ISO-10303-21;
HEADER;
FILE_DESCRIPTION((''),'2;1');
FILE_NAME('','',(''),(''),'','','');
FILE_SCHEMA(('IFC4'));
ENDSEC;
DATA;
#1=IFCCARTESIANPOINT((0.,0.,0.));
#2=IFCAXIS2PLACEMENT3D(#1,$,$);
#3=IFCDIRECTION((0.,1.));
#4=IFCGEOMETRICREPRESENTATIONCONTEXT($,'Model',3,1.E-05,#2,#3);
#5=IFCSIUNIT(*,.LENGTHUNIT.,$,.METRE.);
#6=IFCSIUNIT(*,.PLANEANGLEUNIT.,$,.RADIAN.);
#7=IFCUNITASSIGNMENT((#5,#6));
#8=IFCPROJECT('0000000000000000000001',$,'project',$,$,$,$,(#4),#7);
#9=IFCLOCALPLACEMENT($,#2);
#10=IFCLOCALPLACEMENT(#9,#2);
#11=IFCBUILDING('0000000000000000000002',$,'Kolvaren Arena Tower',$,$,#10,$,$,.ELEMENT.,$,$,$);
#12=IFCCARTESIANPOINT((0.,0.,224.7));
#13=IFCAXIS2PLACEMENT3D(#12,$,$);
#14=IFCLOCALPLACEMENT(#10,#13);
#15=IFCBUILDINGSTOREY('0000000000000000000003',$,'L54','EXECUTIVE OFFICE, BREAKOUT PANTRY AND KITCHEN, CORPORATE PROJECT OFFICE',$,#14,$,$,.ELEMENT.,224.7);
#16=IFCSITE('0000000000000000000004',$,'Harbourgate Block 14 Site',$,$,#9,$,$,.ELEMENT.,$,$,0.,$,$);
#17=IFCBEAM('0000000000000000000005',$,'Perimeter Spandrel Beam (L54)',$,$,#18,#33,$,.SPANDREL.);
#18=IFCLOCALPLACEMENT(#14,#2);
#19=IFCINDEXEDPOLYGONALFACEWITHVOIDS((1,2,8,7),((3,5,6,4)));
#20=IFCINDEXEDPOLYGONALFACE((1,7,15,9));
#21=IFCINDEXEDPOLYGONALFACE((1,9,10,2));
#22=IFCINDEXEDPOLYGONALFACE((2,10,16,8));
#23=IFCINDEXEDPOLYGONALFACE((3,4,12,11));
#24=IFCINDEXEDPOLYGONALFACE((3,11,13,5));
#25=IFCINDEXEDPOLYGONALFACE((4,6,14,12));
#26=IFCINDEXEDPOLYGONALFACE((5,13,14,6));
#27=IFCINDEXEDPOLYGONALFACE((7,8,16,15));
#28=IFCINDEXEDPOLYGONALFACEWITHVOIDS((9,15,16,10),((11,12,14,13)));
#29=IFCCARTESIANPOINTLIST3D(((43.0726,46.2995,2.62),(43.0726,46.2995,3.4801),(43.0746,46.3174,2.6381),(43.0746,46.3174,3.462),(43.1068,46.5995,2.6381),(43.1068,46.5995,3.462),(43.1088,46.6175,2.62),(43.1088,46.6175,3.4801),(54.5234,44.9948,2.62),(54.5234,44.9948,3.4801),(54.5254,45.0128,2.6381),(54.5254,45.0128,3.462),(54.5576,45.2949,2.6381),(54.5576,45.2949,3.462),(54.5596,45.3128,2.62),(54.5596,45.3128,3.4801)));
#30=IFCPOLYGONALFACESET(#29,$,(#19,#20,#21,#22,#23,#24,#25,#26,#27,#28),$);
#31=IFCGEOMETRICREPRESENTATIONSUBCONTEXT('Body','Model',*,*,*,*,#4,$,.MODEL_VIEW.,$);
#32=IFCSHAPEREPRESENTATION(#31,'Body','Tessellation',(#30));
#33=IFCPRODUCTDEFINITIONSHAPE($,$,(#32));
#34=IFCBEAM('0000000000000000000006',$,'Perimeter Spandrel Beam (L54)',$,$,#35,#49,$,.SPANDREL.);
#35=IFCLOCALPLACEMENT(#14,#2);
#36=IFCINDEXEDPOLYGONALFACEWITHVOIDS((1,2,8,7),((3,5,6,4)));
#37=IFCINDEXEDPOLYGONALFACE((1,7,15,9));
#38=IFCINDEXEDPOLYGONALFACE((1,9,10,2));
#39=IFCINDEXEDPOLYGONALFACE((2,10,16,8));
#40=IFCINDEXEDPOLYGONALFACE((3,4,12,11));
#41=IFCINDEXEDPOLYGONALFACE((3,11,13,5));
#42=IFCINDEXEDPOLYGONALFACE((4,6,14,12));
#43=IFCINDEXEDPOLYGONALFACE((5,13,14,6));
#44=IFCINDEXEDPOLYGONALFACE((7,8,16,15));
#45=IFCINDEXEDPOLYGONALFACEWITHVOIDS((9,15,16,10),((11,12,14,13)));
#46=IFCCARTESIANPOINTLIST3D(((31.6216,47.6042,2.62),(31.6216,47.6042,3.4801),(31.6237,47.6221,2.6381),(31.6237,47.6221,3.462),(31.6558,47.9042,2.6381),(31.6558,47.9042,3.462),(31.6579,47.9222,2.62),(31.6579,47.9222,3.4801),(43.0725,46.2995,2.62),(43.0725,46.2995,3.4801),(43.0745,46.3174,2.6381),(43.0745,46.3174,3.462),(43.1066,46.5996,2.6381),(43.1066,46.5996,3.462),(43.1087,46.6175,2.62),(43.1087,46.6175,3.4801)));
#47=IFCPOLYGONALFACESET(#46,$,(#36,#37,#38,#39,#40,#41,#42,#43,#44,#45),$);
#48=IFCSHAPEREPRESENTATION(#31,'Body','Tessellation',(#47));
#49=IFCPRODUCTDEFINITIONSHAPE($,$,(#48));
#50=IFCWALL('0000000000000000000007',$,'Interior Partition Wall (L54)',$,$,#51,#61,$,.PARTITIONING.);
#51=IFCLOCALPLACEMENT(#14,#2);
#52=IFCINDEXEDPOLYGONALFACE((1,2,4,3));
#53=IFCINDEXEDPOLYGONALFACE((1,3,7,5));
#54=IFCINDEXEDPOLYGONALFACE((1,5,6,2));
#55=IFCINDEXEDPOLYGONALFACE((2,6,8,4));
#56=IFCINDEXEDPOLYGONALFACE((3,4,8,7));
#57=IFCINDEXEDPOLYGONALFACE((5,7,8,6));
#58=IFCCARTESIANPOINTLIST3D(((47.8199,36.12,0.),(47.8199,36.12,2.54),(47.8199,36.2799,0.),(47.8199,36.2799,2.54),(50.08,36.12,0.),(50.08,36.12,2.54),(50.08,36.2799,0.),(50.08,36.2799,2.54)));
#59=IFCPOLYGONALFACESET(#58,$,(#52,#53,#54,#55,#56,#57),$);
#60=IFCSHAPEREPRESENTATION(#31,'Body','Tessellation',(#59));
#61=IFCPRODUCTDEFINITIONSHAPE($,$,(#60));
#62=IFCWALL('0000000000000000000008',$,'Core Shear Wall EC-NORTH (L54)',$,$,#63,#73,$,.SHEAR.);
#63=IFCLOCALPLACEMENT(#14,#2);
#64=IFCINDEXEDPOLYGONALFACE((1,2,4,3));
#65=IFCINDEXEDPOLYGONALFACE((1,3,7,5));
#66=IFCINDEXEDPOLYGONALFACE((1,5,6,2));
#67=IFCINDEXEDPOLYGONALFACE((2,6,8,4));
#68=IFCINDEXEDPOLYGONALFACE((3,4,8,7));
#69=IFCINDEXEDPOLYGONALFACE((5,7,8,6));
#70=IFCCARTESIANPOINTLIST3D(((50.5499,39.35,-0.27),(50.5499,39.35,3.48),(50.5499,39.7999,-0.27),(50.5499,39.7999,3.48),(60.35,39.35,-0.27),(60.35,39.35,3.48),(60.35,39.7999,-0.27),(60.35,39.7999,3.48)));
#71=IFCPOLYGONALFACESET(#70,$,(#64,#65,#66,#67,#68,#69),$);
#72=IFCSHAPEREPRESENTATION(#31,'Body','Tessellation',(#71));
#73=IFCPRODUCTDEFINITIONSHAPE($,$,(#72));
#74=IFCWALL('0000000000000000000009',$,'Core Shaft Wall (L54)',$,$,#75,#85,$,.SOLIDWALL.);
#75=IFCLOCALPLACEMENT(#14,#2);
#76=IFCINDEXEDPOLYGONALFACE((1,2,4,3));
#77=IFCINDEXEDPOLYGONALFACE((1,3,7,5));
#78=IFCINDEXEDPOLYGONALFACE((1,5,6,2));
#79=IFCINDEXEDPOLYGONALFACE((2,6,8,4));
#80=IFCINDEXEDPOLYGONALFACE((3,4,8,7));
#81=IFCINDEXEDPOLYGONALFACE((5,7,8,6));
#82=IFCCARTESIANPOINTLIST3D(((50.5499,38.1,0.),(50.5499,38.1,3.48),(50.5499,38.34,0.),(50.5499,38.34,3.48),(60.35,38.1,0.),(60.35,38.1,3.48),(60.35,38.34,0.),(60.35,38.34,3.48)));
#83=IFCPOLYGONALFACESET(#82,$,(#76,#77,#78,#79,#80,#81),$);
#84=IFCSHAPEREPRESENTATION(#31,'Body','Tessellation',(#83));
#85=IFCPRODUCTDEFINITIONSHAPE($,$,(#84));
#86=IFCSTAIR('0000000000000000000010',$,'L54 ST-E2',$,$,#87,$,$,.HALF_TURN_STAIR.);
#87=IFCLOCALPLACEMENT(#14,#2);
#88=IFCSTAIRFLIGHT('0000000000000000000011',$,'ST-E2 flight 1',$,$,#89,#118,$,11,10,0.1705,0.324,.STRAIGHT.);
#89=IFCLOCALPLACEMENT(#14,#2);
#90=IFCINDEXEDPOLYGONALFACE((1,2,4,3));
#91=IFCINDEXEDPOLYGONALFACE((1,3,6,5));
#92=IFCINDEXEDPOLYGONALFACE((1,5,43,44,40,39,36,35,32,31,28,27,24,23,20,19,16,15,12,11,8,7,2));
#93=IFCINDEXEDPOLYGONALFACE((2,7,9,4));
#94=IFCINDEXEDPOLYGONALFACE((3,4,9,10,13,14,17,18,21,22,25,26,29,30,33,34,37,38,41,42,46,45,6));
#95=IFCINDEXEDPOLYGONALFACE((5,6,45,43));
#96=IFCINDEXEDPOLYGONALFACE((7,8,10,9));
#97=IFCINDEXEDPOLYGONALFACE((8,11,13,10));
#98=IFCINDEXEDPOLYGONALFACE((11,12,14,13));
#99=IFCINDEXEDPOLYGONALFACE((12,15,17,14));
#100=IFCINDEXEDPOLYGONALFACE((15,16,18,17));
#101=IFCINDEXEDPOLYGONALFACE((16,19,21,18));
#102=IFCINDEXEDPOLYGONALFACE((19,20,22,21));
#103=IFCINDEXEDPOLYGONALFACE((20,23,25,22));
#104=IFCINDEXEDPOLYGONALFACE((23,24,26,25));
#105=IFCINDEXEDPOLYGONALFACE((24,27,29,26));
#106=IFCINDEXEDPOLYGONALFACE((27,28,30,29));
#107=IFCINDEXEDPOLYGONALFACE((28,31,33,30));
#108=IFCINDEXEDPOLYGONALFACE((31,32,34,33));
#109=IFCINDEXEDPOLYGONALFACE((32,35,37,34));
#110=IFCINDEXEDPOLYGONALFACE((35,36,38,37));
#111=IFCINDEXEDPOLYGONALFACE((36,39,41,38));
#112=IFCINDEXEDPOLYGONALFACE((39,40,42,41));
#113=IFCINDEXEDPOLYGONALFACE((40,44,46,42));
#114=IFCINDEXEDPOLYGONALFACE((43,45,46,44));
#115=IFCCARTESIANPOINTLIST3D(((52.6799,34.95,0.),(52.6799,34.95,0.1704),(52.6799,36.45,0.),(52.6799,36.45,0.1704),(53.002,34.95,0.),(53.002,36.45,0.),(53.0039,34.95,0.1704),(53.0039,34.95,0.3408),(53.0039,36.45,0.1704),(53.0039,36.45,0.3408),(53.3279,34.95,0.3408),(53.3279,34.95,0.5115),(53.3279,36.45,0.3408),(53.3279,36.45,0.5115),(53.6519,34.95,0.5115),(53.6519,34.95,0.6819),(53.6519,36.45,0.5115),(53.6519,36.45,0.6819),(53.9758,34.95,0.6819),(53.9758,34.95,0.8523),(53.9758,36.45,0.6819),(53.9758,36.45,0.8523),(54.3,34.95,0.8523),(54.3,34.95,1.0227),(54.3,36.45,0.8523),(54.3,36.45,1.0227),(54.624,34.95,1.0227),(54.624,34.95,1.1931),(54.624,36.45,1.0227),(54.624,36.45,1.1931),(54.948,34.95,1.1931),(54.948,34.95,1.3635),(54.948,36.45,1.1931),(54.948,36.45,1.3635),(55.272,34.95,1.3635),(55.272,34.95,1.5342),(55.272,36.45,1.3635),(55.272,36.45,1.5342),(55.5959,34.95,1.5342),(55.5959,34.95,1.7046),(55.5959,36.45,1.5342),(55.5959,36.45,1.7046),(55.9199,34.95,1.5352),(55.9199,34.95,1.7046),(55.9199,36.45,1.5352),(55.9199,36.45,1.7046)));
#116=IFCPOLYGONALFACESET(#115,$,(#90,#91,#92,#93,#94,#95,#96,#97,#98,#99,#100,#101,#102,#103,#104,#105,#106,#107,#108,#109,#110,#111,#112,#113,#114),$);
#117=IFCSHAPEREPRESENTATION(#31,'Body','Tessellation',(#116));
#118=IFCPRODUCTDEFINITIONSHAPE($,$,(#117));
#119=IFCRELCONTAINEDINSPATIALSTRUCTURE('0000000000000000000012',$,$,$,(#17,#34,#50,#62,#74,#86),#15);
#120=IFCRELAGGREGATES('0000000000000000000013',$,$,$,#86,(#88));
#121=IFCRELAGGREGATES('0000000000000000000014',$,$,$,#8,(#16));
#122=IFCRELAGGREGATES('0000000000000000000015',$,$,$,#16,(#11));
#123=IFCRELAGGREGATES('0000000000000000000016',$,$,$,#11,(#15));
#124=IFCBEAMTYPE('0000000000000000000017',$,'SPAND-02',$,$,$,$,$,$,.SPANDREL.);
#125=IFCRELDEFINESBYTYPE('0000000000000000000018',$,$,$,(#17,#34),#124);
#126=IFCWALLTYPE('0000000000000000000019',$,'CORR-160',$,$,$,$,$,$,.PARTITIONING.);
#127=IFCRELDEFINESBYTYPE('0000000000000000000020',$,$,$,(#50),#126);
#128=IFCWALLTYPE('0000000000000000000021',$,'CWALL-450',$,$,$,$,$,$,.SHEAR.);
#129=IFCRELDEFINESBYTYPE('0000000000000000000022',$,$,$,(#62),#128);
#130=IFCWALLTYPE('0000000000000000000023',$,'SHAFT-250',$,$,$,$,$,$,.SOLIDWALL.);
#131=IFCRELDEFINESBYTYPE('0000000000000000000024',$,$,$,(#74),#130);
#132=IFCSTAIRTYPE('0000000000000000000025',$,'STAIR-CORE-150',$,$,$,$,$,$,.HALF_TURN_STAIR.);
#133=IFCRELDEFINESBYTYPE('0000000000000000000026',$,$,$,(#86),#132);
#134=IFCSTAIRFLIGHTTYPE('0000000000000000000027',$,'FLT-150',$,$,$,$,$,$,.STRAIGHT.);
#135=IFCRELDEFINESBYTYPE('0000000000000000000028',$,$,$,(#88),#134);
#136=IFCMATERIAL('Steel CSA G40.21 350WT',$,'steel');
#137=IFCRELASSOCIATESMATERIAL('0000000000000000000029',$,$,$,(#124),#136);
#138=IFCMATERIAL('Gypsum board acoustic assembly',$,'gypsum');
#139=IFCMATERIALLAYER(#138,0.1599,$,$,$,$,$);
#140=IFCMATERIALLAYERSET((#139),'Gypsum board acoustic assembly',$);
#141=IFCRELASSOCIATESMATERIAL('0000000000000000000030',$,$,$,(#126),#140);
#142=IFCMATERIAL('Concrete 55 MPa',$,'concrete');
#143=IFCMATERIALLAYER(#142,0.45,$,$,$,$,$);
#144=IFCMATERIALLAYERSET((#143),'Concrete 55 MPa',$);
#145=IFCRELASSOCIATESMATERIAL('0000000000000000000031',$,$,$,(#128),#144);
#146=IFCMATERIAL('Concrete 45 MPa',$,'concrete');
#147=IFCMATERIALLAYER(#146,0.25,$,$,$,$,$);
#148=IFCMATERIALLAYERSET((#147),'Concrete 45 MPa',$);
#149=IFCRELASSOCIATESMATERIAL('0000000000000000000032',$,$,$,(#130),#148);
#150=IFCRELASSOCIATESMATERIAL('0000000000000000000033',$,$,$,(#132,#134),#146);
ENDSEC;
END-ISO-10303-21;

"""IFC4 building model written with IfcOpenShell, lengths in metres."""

from ifc_helpers import new_model, si_unit, direction, frame, frame_2d, origin, origin_2d, place, context, subcontext, project, spatial, polyline, rectangle, hollow_rectangle, outline, extrude, material, layer, layer_set, material_profile, profile_set, type_object, element, aggregate, save


model = new_model("IFC4")

# Units and contexts
model_context = context("Model", 3, precision=1e-05, world=origin(), true_north=direction((0.0, 1.0)))
body_context = subcontext(model_context, "Body", "Model", "MODEL_VIEW")
ifc_project = project(units=[si_unit("LENGTHUNIT", "METRE"), si_unit("PLANEANGLEUNIT", "RADIAN")], contexts=[model_context])

# Site, building, storey
site_placement = place(None, origin())
site = spatial("IfcSite", under=ifc_project, at=site_placement, Name="Harbourgate Block 14 Site", CompositionType="ELEMENT", RefElevation=0.0)
building_placement = place(site_placement, origin())
building = spatial("IfcBuilding", under=site, at=building_placement, Name="Kolvaren Arena Tower", CompositionType="ELEMENT")
storey_placement = place(building_placement, frame((0.0, 0.0, 224.7)))
storey = spatial("IfcBuildingStorey", under=building, at=storey_placement, Name="L54", Description="EXECUTIVE OFFICE, BREAKOUT PANTRY AND KITCHEN, CORPORATE PROJECT OFFICE", CompositionType="ELEMENT", Elevation=224.7)

# Beams
ifc_material_1 = material(Name="Steel CSA G40.21 350WT", Category="steel")
ifc_material_profile_1 = material_profile(ifc_material_1, hollow_rectangle(XDim=0.3201, YDim=0.8601, WallThickness=0.0181, at=origin_2d()), Name="HSS 860x320x18")
ifc_profile_set_1 = profile_set([ifc_material_profile_1], Name="Steel CSA G40.21 350WT")
beam_type_1 = type_object("IfcBeamType", Name="SPAND-02", PredefinedType="SPANDREL", material=ifc_profile_set_1)
for number, where, z_axis, x_axis, name in (
    (1, (54.5415, 45.1538, 3.05), (-0.993572, 0.113205, 0.0), (-0.113205, -0.993572, 0.0), "Perimeter Spandrel Beam (L54)"),
    (2, (43.0906, 46.4585, 3.05), (-0.993572, 0.113205, 0.0), (-0.113205, -0.993572, 0.0), "Perimeter Spandrel Beam (L54)"),
):
    element("IfcBeam", number, at=place(storey_placement, frame(where, z_axis=z_axis, x_axis=x_axis)), inside=storey, type_object=beam_type_1, Name=name, PredefinedType="SPANDREL", context=body_context, shape_type="SweptSolid", body=[
        extrude(hollow_rectangle(XDim=0.3201, YDim=0.8601, WallThickness=0.0181, at=origin_2d()), origin(), (0.0, 0.0, 1.0), 11.5249),
    ])

# Walls
ifc_material_2 = material(Name="Gypsum board acoustic assembly", Category="gypsum")
ifc_layer_1 = layer(ifc_material_2, 0.1599)
ifc_layer_set_1 = layer_set([ifc_layer_1], Name="Gypsum board acoustic assembly")
wall_type_1 = type_object("IfcWallType", Name="CORR-160", PredefinedType="PARTITIONING", material=ifc_layer_set_1)
wall_1_placement = place(storey_placement, frame((47.8201, 36.2, 0.0), z_axis=(0.0, 0.0, 1.0), x_axis=(1.0, 0.0, 0.0)))
element("IfcWall", 3, at=wall_1_placement, inside=storey, type_object=wall_type_1, Name="Interior Partition Wall (L54)", PredefinedType="PARTITIONING", context=body_context, shape_type="SweptSolid", body=[
    extrude(rectangle(XDim=2.26, YDim=0.1599, at=frame_2d((1.1299, 0.0))), origin(), (0.0, 0.0, 1.0), 2.54),
])
ifc_material_3 = material(Name="Concrete 55 MPa", Category="concrete")
ifc_layer_2 = layer(ifc_material_3, 0.45)
ifc_layer_set_2 = layer_set([ifc_layer_2], Name="Concrete 55 MPa")
wall_type_2 = type_object("IfcWallType", Name="CWALL-450", PredefinedType="SHEAR", material=ifc_layer_set_2)
wall_2_placement = place(storey_placement, frame((50.55, 39.575, -0.27), z_axis=(0.0, 0.0, 1.0), x_axis=(1.0, 0.0, 0.0)))
element("IfcWall", 4, at=wall_2_placement, inside=storey, type_object=wall_type_2, Name="Core Shear Wall EC-NORTH (L54)", PredefinedType="SHEAR", context=body_context, shape_type="SweptSolid", body=[
    extrude(rectangle(XDim=9.8, YDim=0.45, at=frame_2d((4.8999, 0.0))), origin(), (0.0, 0.0, 1.0), 3.75),
])
ifc_material_4 = material(Name="Concrete 45 MPa", Category="concrete")
ifc_layer_3 = layer(ifc_material_4, 0.25)
ifc_layer_set_3 = layer_set([ifc_layer_3], Name="Concrete 45 MPa")
wall_type_3 = type_object("IfcWallType", Name="SHAFT-250", PredefinedType="SOLIDWALL", material=ifc_layer_set_3)
wall_3_placement = place(storey_placement, frame((50.55, 38.22, 0.0), z_axis=(0.0, 0.0, 1.0), x_axis=(1.0, 0.0, 0.0)))
element("IfcWall", 5, at=wall_3_placement, inside=storey, type_object=wall_type_3, Name="Core Shaft Wall (L54)", PredefinedType="SOLIDWALL", context=body_context, shape_type="SweptSolid", body=[
    extrude(rectangle(XDim=9.8, YDim=0.24, at=frame_2d((4.8999, 0.0))), origin(), (0.0, 0.0, 1.0), 3.48),
])

# Stair, stair flight
stair_type = type_object("IfcStairType", Name="STAIR-CORE-150", PredefinedType="HALF_TURN_STAIR", material=ifc_material_4)
stair_placement = place(storey_placement, origin())
stair = element("IfcStair", 6, at=stair_placement, inside=storey, type_object=stair_type, Name="L54 ST-E2", PredefinedType="HALF_TURN_STAIR")
stair_flight_type = type_object("IfcStairFlightType", Name="FLT-150", PredefinedType="STRAIGHT", material=ifc_material_4)
stair_flight_placement = place(storey_placement, frame((52.6799, 35.7, 0.0), z_axis=(0.0, 0.0, 1.0), x_axis=(1.0, 0.0, 0.0)))
stair_flight = element("IfcStairFlight", 7, at=stair_flight_placement, type_object=stair_flight_type, Name="ST-E2 flight 1", NumberOfRisers=11, NumberOfTreads=10, PredefinedType="STRAIGHT", RiserHeight=0.1705, TreadLength=0.324, context=body_context, shape_type="SweptSolid", body=[
    extrude(outline(polyline([(0.0, 0.0), (0.0, 0.1704), (0.324, 0.1704), (0.324, 0.3408), (0.6479, 0.3408), (0.6479, 0.5115), (0.9719, 0.5115), (0.9719, 0.6819), (1.2959, 0.6819), (1.2959, 0.8523), (1.6201, 0.8523), (1.6201, 1.0227), (1.9441, 1.0227), (1.9441, 1.1931), (2.2681, 1.1931), (2.2681, 1.3635), (2.592, 1.3635), (2.592, 1.5342), (2.916, 1.5342), (2.916, 1.7046), (3.24, 1.7046), (3.24, 1.875), (3.24, 1.5352), (0.322, 0.0), (0.0, 0.0)])), frame((0.0, 0.75, 0.0), z_axis=(0.0, -1.0, 0.0), x_axis=(1.0, 0.0, 0.0)), (0.0, 0.0, 1.0), 1.5),
])
aggregate(stair, [stair_flight])

save(model, "model.ifc")
